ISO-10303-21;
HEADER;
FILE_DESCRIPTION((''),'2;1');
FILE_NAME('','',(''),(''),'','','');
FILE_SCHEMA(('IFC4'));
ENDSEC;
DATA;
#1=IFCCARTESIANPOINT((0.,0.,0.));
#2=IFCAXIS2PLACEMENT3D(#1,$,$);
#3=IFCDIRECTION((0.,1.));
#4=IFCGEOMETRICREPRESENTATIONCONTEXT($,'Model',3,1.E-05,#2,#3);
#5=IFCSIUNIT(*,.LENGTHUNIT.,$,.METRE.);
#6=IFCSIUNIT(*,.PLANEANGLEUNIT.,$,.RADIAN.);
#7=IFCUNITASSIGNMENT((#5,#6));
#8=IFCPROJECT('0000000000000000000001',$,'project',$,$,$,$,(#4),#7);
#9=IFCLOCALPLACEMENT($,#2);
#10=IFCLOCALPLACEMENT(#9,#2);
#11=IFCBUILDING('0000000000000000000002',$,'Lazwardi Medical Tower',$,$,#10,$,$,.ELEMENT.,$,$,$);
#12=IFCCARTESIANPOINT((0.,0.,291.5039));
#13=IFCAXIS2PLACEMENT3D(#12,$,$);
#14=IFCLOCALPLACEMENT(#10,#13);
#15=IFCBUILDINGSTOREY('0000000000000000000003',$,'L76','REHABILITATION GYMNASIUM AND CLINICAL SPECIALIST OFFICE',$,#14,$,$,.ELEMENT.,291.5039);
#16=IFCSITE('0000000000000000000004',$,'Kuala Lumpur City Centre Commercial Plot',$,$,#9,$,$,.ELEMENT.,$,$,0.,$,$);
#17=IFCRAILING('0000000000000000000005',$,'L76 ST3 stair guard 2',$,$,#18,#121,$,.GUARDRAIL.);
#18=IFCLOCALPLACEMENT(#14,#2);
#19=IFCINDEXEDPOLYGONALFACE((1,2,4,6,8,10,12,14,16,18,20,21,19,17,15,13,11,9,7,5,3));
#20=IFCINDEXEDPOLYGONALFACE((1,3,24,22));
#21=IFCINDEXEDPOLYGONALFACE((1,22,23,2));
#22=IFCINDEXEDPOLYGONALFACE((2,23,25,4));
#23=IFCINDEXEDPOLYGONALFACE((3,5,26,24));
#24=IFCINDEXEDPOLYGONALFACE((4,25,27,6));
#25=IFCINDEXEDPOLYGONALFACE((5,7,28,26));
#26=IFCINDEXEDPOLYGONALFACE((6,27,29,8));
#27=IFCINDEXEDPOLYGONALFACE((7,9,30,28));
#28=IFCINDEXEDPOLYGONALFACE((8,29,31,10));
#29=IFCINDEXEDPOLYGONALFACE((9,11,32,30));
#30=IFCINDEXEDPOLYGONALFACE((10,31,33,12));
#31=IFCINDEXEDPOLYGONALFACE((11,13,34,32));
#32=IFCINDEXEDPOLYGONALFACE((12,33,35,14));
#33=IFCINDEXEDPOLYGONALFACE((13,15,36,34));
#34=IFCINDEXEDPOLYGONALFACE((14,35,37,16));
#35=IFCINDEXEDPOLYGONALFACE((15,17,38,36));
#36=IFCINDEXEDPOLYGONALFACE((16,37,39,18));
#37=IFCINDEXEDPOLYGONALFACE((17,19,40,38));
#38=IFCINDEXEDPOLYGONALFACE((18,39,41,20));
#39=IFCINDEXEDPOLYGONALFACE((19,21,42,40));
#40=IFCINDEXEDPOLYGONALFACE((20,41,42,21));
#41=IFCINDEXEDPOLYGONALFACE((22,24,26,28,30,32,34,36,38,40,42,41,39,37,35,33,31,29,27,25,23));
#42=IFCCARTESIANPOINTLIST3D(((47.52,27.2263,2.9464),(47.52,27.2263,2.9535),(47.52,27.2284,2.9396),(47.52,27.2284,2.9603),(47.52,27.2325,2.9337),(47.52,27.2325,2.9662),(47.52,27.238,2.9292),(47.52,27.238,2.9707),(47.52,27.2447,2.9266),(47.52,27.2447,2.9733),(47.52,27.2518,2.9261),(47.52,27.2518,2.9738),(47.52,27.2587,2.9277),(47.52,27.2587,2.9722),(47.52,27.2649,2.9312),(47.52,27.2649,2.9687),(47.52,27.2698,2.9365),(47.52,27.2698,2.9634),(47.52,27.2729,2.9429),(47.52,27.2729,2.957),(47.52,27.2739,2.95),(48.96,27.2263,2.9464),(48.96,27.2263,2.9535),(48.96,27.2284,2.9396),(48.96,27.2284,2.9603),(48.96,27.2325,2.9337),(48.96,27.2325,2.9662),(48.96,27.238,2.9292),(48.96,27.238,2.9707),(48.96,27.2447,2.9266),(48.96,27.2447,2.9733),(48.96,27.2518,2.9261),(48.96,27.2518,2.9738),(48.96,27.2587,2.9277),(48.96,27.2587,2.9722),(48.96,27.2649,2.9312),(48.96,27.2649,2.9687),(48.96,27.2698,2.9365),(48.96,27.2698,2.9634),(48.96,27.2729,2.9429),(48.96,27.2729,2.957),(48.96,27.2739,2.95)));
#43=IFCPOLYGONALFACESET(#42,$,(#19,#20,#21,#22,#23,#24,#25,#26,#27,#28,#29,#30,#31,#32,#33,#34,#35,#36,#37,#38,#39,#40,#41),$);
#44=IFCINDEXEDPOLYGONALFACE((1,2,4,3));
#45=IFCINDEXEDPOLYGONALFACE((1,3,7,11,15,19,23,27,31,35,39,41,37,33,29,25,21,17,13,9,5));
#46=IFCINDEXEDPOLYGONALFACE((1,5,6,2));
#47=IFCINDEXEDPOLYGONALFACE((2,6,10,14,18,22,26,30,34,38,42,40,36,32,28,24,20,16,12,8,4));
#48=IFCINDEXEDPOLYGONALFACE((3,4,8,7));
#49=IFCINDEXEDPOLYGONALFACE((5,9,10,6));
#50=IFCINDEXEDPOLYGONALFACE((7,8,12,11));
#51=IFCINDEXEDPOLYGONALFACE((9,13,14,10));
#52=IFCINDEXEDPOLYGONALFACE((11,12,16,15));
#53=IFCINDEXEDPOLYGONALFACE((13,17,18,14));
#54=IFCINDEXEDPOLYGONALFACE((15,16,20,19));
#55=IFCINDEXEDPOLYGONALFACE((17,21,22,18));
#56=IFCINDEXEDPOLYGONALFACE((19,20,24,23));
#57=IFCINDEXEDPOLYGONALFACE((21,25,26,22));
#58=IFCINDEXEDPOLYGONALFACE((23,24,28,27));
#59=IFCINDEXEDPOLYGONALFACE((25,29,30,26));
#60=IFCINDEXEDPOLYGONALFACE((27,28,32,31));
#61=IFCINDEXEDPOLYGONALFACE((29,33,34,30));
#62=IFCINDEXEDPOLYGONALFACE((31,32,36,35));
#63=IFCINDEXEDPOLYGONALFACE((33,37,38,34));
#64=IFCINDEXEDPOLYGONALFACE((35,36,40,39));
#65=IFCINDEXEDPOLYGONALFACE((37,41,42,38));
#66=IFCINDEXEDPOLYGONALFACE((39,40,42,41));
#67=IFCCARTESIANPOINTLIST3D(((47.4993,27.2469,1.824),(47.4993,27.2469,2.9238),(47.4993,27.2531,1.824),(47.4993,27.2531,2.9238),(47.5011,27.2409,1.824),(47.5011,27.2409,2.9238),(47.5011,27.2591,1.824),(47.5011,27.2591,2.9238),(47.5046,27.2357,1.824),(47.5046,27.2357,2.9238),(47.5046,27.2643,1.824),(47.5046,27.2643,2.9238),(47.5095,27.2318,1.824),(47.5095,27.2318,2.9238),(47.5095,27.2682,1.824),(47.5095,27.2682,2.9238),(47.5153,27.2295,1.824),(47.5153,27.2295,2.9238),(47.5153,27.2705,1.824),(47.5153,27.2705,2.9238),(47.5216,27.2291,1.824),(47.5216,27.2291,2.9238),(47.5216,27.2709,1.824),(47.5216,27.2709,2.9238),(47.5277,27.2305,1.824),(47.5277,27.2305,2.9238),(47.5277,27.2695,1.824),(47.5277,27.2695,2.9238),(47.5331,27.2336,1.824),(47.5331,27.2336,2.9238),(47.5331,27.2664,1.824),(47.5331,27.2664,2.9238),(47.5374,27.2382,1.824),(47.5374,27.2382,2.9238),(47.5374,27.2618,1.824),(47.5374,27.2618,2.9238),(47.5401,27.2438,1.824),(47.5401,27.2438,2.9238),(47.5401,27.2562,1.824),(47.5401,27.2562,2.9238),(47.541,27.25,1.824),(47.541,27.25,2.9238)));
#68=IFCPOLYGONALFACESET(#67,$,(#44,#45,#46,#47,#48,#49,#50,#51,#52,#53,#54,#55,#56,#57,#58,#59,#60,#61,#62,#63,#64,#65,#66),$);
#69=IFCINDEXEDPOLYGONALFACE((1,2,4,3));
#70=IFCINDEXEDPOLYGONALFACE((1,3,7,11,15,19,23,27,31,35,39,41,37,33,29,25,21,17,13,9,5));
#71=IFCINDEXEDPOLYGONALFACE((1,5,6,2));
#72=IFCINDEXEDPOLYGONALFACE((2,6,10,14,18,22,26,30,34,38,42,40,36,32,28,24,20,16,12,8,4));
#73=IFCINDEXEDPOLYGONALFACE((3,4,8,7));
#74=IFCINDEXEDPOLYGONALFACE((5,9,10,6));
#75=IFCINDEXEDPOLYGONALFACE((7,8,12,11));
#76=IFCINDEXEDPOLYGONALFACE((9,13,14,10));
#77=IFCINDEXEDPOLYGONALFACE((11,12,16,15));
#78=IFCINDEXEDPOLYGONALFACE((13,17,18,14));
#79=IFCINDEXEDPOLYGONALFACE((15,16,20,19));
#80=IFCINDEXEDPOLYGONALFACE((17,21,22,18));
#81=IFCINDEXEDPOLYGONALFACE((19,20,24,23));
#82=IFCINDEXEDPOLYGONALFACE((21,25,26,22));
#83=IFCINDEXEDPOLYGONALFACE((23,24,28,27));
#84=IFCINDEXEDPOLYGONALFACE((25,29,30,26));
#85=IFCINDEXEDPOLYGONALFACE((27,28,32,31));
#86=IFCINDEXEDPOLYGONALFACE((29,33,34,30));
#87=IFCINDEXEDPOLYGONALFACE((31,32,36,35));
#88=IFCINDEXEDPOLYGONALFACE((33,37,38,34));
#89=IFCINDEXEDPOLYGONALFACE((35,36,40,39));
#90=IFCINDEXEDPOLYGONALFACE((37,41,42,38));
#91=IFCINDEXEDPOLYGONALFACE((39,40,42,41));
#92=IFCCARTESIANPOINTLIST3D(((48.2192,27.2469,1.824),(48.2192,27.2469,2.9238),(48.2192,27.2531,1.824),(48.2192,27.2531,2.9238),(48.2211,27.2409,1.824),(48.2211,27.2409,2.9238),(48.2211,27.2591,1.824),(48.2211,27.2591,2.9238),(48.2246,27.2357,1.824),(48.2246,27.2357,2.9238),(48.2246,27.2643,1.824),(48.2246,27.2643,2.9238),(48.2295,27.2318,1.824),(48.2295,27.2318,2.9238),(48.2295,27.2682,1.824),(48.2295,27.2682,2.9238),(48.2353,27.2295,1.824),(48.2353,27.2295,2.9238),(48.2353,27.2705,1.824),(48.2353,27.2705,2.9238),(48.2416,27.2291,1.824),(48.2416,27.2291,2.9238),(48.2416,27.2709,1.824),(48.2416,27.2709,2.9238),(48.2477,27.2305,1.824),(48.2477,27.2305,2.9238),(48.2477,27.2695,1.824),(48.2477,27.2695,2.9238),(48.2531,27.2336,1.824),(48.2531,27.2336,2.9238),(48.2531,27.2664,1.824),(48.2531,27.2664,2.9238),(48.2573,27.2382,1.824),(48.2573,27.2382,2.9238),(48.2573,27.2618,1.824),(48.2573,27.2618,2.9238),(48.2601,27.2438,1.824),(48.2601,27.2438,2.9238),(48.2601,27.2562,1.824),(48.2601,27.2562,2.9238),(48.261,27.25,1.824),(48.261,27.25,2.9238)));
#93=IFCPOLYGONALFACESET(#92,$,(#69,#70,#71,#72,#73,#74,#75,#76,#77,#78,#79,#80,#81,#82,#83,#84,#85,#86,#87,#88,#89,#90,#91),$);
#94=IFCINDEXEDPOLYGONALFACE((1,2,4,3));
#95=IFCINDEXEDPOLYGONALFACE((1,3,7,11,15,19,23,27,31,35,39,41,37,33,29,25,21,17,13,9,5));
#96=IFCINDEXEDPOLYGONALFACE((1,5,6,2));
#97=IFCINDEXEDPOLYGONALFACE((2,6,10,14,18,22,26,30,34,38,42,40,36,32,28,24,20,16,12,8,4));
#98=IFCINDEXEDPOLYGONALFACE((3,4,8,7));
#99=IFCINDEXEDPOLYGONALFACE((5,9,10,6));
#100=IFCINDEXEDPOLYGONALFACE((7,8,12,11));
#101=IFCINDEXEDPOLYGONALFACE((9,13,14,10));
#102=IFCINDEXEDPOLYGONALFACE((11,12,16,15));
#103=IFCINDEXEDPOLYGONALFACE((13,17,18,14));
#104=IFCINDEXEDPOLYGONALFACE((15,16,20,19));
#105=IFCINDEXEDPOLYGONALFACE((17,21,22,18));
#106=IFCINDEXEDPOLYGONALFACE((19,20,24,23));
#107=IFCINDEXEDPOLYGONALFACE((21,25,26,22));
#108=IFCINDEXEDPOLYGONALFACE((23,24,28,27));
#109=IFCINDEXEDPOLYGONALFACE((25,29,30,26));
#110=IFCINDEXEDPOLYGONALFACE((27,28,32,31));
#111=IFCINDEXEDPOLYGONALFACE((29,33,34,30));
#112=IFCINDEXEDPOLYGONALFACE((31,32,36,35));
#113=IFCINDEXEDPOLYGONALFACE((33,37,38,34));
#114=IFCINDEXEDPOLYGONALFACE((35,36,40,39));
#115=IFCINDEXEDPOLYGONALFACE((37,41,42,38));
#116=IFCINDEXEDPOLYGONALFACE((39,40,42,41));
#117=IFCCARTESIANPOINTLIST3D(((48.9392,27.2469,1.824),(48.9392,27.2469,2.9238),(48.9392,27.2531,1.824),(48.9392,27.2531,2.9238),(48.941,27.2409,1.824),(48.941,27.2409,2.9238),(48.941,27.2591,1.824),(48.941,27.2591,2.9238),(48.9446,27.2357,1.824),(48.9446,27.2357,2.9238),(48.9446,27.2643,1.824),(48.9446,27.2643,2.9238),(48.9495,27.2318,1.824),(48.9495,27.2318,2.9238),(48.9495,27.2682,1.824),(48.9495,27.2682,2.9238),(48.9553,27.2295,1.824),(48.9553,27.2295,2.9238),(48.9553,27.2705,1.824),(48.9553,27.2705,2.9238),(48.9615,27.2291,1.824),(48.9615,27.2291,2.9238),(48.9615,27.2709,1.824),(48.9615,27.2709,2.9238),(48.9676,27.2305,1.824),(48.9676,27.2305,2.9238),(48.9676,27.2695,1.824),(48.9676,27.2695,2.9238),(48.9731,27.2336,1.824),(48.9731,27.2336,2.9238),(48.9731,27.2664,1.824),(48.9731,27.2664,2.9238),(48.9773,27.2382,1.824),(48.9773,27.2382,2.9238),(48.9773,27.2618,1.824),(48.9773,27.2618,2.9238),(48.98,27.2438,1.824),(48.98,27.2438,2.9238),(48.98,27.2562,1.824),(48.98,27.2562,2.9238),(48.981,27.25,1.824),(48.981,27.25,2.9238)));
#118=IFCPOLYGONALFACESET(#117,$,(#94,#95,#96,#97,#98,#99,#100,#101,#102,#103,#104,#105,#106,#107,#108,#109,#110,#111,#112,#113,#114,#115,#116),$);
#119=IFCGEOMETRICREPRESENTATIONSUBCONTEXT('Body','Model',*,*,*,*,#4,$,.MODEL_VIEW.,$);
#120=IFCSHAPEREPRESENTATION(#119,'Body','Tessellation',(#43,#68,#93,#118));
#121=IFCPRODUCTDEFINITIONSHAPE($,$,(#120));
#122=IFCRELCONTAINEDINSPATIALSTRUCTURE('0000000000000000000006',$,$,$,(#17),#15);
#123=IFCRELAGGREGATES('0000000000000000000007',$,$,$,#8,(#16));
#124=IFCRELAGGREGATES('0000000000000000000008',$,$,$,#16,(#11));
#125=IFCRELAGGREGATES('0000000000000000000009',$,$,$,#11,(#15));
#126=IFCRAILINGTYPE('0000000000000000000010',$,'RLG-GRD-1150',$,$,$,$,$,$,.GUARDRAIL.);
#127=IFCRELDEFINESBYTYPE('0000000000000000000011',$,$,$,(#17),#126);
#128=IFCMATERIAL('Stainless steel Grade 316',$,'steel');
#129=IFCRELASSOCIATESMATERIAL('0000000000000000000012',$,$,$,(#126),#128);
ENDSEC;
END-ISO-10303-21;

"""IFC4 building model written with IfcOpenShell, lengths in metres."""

from ifc_helpers import new_model, si_unit, direction, frame, origin, origin_2d, place, context, subcontext, project, spatial, circle, extrude, material, type_object, element, save


model = new_model("IFC4")

# Units and contexts
model_context = context("Model", 3, precision=1e-05, world=origin(), true_north=direction((0.0, 1.0)))
body_context = subcontext(model_context, "Body", "Model", "MODEL_VIEW")
ifc_project = project(units=[si_unit("LENGTHUNIT", "METRE"), si_unit("PLANEANGLEUNIT", "RADIAN")], contexts=[model_context])

# Site, building, storey
site_placement = place(None, origin())
site = spatial("IfcSite", under=ifc_project, at=site_placement, Name="Kuala Lumpur City Centre Commercial Plot", CompositionType="ELEMENT", RefElevation=0.0)
building_placement = place(site_placement, origin())
building = spatial("IfcBuilding", under=site, at=building_placement, Name="Lazwardi Medical Tower", CompositionType="ELEMENT")
storey_placement = place(building_placement, frame((0.0, 0.0, 291.5039)))
storey = spatial("IfcBuildingStorey", under=building, at=storey_placement, Name="L76", Description="REHABILITATION GYMNASIUM AND CLINICAL SPECIALIST OFFICE", CompositionType="ELEMENT", Elevation=291.5039)

# Railing
ifc_material_1 = material(Name="Stainless steel Grade 316", Category="steel")
railing_type_1 = type_object("IfcRailingType", Name="RLG-GRD-1150", PredefinedType="GUARDRAIL", material=ifc_material_1)
railing_1_placement = place(storey_placement, frame((47.52, 27.25, 1.824)))
element("IfcRailing", 1, at=railing_1_placement, inside=storey, type_object=railing_type_1, Name="L76 ST3 stair guard 2", PredefinedType="GUARDRAIL", context=body_context, shape_type="SweptSolid", body=[
    extrude(circle(Radius=0.0239, at=origin_2d()), frame((0.0, 0.0, 1.126), z_axis=(1.0, 0.0, 0.0), x_axis=(0.0, 1.0, 0.0)), (0.0, 0.0, 1.0), 1.4399),
    extrude(circle(Radius=0.021, at=origin_2d()), origin(), (0.0, 0.0, 1.0), 1.0999),
    extrude(circle(Radius=0.021, at=origin_2d()), frame((0.72, 0.0, 0.0)), (0.0, 0.0, 1.0), 1.0999),
    extrude(circle(Radius=0.021, at=origin_2d()), frame((1.4399, 0.0, 0.0)), (0.0, 0.0, 1.0), 1.0999),
])

save(model, "model.ifc")
